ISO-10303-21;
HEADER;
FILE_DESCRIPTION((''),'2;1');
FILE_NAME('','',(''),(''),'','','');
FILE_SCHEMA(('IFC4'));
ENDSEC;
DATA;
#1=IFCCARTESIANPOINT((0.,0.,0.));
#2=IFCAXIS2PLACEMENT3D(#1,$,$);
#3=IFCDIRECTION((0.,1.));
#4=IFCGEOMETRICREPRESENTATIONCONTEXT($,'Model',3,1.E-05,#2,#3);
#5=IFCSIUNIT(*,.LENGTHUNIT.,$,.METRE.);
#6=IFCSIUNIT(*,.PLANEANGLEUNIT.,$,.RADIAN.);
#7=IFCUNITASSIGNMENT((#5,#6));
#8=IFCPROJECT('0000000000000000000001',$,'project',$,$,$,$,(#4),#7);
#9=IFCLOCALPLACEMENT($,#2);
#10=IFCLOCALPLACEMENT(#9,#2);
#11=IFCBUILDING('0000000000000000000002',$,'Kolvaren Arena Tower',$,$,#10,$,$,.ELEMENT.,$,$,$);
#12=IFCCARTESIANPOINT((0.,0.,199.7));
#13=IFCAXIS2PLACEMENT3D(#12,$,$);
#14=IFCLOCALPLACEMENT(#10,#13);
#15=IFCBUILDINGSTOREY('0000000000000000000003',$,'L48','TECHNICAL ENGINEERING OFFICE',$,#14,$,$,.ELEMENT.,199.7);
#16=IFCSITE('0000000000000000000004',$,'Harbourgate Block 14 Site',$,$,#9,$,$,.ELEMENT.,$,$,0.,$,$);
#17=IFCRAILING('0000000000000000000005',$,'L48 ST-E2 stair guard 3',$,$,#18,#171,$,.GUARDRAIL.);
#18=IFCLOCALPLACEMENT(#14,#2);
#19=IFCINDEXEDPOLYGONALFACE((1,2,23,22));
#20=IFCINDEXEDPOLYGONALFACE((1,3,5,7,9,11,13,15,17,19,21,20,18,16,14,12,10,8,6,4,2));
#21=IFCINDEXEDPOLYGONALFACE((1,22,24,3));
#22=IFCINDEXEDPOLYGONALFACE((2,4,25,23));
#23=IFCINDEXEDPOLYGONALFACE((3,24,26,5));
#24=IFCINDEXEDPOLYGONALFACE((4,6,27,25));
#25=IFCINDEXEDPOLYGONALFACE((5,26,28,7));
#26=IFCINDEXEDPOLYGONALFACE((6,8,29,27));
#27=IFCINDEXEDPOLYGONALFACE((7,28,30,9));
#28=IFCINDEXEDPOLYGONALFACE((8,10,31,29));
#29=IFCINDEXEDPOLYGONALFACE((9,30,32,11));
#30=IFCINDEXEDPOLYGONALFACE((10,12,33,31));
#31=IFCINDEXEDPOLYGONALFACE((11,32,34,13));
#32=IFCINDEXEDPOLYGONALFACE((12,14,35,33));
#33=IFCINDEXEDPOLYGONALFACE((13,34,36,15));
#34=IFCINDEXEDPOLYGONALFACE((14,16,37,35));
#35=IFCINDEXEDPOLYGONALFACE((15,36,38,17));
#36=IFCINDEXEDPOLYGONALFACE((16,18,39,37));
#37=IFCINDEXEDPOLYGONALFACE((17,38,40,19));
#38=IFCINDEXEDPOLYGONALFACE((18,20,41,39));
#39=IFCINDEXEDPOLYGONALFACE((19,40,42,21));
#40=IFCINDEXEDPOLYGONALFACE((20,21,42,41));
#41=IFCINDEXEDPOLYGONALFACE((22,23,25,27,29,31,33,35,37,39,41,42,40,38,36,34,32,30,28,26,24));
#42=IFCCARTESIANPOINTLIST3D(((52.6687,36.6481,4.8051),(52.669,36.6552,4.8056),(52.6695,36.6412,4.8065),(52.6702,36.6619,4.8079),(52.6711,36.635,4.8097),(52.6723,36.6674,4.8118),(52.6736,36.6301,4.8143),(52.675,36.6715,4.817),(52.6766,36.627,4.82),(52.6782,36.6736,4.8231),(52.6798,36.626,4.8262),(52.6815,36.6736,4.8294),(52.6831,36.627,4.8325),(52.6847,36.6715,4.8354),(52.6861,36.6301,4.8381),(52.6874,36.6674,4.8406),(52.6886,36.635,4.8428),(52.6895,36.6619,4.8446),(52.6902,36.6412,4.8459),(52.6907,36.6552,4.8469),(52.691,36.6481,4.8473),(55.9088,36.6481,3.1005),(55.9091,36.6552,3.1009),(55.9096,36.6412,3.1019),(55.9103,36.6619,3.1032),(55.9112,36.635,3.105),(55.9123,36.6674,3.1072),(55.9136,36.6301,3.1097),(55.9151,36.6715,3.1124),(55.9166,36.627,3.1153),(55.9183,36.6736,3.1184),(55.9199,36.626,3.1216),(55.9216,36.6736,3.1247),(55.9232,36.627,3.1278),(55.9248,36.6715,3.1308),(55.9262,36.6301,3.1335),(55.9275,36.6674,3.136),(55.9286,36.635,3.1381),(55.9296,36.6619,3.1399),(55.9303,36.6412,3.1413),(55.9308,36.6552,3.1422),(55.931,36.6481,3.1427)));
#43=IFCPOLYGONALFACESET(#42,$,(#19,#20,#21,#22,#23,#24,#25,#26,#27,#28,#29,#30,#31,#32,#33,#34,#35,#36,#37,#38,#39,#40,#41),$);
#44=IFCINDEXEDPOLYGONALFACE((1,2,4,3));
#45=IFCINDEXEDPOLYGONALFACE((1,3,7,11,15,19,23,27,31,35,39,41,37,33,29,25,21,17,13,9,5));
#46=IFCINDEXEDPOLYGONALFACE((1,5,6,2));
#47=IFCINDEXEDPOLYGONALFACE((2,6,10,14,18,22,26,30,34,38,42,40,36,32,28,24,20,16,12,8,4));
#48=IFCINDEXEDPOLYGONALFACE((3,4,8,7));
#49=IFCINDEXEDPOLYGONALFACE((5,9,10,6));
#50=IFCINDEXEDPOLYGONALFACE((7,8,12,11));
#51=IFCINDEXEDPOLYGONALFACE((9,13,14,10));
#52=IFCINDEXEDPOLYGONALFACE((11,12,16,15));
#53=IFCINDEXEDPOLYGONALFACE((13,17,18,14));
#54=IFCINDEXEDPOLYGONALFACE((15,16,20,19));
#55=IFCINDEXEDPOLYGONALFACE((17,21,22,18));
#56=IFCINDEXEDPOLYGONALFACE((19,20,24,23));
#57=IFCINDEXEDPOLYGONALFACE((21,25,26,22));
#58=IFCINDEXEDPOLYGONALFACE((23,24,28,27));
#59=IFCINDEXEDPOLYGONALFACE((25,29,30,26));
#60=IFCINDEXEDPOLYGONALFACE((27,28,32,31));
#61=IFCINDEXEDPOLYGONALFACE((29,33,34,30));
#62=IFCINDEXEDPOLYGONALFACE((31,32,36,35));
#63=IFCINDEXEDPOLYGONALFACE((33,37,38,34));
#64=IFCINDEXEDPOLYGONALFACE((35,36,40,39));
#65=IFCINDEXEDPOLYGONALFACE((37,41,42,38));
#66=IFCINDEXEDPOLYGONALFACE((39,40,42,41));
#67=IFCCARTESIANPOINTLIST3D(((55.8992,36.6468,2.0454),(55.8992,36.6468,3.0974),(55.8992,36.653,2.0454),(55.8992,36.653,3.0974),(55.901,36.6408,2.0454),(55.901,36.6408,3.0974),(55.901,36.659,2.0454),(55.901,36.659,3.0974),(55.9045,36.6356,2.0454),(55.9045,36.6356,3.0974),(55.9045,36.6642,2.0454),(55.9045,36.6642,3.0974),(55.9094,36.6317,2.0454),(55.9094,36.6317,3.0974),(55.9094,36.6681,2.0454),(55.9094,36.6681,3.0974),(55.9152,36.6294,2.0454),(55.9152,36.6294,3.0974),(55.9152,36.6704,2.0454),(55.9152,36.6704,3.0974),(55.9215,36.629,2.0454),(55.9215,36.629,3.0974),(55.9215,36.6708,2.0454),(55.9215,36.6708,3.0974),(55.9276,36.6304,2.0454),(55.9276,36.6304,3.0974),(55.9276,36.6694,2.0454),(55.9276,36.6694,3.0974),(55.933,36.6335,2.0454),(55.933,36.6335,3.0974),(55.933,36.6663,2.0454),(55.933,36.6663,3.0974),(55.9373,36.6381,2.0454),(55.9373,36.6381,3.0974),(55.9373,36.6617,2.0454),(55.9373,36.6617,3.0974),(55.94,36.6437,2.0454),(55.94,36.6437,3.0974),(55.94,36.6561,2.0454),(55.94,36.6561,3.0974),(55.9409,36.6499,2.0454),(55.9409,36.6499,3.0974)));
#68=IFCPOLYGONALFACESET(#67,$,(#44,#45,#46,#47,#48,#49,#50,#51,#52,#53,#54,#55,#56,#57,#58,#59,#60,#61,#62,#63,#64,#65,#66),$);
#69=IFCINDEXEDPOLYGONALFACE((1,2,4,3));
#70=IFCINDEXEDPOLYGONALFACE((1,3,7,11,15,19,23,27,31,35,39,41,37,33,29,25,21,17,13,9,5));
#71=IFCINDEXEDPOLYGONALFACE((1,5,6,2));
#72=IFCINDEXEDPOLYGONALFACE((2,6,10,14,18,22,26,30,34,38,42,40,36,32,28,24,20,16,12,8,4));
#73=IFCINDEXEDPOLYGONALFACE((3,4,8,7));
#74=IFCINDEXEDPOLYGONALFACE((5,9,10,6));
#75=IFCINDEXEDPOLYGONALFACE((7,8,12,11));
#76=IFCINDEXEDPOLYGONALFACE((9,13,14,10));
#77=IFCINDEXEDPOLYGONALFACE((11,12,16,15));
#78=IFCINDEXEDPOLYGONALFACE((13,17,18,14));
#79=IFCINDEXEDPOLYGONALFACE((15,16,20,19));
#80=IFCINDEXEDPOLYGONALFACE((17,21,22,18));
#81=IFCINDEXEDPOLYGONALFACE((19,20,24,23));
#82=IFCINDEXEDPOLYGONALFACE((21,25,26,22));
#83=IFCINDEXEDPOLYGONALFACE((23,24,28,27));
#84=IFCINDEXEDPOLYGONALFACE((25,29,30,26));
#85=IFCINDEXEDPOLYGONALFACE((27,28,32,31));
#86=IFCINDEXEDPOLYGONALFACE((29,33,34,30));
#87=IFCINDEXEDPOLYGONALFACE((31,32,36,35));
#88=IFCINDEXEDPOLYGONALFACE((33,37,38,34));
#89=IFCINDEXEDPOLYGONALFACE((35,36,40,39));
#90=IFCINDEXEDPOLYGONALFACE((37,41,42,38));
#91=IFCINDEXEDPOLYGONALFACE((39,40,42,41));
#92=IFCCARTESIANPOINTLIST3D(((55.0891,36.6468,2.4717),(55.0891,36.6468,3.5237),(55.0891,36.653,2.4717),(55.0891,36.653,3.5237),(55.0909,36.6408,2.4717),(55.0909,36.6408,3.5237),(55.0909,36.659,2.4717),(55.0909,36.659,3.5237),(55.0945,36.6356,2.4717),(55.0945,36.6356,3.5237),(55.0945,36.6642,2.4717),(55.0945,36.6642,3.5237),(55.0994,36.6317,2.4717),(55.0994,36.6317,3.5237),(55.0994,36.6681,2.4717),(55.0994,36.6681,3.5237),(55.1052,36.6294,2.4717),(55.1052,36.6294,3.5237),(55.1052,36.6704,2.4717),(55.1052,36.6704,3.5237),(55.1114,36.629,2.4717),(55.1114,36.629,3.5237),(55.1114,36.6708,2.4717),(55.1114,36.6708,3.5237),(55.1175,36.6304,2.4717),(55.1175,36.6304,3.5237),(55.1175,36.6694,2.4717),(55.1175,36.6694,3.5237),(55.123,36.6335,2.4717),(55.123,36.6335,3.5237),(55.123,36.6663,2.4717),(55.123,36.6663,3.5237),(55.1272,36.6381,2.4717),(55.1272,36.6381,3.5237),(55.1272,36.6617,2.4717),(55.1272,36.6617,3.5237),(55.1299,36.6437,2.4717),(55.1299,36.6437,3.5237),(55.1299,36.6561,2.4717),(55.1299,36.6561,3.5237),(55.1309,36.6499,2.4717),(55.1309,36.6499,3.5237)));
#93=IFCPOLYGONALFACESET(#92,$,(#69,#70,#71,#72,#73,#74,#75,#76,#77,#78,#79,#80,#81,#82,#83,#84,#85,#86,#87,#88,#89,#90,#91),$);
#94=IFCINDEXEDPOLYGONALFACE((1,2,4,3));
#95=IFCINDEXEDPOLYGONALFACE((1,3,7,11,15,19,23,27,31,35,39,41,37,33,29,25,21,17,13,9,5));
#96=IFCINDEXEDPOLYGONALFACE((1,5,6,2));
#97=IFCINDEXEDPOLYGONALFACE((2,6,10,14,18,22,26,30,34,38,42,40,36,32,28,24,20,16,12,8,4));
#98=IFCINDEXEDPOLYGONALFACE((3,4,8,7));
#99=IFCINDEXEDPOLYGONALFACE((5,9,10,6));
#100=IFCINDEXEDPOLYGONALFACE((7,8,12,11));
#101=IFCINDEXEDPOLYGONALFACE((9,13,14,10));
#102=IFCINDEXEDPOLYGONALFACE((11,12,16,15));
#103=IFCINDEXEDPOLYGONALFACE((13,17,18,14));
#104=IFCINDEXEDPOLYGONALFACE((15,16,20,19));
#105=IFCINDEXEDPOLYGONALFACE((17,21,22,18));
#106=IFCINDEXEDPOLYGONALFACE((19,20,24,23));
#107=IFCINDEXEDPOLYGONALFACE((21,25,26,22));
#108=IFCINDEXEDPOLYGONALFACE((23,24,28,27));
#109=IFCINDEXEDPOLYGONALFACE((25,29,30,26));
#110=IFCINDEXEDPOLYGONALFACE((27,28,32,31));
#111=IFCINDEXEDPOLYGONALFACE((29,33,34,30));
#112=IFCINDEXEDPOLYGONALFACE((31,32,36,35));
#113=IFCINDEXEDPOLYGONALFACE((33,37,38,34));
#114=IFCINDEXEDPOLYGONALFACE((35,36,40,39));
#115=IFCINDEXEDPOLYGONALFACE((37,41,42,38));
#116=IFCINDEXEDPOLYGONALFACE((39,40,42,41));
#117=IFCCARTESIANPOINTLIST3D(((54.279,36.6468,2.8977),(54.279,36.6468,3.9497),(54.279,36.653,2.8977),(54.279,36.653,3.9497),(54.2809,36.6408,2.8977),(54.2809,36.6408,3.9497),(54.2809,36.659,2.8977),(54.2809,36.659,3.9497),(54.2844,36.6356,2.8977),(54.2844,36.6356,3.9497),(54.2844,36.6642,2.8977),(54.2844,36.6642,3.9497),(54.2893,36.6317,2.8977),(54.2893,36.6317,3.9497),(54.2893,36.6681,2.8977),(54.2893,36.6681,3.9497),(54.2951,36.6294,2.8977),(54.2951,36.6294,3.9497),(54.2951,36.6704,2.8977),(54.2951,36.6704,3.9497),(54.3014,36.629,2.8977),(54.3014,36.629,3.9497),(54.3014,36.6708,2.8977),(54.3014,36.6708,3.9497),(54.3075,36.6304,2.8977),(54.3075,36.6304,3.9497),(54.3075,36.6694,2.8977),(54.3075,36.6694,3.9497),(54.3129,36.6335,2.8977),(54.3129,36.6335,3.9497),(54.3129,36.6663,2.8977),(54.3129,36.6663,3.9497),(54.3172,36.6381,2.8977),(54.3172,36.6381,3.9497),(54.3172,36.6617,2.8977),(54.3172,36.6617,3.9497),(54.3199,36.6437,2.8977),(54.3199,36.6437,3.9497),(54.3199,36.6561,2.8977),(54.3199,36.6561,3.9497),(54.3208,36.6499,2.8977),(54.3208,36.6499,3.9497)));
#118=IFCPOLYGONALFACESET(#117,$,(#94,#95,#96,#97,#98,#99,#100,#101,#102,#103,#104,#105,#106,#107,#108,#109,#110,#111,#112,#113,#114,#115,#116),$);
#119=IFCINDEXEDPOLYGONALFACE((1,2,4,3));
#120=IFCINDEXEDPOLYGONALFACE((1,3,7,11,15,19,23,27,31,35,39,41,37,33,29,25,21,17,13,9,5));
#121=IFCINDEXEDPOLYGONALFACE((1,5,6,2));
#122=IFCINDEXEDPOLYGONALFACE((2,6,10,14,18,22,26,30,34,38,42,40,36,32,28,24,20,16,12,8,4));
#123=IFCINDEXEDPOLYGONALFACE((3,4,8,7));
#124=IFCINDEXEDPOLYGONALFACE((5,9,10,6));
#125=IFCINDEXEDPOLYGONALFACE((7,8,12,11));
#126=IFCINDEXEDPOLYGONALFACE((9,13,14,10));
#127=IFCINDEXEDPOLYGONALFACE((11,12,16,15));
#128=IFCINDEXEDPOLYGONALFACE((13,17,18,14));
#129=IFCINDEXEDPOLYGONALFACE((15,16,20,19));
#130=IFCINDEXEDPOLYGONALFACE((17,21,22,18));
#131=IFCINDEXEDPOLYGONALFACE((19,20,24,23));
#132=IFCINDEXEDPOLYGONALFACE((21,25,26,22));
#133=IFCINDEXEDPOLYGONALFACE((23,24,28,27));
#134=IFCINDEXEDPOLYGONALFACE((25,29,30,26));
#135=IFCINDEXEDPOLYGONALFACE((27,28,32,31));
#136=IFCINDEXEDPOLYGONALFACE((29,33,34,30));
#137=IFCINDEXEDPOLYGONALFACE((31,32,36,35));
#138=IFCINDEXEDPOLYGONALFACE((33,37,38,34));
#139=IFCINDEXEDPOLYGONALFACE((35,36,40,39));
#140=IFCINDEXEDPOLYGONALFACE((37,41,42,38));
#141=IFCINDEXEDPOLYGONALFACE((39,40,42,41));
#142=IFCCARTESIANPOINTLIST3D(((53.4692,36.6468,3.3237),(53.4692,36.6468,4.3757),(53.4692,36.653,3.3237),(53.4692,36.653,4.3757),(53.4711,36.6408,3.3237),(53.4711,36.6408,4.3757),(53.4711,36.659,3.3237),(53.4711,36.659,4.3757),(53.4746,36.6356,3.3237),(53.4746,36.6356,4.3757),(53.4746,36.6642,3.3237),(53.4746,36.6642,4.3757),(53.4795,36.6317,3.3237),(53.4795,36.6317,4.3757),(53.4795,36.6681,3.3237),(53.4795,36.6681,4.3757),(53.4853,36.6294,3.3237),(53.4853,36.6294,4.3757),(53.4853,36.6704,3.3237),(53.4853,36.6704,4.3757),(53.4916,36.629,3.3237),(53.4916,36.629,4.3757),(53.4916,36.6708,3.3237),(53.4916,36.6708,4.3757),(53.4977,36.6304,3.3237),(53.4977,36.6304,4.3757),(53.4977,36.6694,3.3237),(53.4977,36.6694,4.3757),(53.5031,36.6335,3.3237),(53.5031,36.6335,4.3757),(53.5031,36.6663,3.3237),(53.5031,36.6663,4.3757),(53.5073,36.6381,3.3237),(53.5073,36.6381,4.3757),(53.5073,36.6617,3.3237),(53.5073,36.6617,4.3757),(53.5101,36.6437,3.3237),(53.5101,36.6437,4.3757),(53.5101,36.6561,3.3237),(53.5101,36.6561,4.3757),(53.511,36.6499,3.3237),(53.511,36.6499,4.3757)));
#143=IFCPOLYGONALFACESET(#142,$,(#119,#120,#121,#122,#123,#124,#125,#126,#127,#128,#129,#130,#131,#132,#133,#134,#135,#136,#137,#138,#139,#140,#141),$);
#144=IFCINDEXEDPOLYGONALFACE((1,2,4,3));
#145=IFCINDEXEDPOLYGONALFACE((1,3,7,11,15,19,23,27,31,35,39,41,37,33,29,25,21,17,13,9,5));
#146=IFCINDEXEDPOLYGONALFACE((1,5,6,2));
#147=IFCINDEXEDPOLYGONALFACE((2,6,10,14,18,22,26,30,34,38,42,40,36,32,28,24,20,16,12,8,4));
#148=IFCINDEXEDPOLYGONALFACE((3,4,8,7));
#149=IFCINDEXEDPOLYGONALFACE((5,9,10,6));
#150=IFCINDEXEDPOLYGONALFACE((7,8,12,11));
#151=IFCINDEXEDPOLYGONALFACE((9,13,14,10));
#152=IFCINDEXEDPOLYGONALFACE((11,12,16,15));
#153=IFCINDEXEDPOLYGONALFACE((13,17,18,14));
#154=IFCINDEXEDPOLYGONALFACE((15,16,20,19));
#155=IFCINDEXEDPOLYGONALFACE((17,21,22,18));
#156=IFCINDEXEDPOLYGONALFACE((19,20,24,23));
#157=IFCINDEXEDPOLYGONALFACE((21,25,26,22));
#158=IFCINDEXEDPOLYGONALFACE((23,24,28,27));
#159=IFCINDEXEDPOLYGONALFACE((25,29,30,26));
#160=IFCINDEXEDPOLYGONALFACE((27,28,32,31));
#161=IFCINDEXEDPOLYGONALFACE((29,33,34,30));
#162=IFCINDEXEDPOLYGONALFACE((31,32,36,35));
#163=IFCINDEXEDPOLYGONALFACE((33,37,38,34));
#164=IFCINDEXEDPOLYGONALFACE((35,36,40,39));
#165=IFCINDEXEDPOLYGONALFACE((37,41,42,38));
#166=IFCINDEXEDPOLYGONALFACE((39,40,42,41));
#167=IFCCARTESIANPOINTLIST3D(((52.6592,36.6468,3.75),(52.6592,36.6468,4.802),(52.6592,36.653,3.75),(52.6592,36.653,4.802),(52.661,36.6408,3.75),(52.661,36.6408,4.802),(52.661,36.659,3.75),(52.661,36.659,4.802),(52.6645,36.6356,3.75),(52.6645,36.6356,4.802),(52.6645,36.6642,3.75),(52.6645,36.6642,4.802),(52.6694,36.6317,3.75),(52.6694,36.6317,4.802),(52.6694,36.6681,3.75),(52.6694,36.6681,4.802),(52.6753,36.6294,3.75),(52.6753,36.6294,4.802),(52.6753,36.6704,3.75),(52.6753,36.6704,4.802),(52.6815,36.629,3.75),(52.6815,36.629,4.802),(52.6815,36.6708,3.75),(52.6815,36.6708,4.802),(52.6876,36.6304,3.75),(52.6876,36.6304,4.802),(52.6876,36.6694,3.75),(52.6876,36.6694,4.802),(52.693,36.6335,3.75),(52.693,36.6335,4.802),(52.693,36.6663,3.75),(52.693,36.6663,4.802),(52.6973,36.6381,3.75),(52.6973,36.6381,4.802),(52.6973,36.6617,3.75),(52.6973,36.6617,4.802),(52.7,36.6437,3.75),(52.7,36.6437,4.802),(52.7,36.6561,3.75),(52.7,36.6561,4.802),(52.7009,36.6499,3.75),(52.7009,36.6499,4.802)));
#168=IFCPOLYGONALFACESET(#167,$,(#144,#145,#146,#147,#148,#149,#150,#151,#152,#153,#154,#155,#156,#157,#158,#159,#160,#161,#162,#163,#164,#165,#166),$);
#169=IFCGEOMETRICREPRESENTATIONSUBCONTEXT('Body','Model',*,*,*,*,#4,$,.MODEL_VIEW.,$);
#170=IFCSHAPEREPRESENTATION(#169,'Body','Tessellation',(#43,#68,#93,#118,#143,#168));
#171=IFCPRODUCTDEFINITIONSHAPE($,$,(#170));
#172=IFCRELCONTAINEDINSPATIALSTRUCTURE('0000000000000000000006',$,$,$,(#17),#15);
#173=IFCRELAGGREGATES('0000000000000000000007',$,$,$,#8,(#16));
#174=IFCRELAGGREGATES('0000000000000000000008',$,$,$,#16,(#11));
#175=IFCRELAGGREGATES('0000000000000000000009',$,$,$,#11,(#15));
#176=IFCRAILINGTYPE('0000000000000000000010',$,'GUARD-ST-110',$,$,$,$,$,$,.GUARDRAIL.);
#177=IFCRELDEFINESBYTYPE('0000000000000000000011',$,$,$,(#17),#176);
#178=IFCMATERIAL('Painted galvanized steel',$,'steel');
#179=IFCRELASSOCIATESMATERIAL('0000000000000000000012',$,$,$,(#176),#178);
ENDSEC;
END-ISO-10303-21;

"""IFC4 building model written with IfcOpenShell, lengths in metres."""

from ifc_helpers import new_model, si_unit, direction, frame, origin, origin_2d, place, context, subcontext, project, spatial, circle, extrude, material, type_object, element, save


model = new_model("IFC4")

# Units and contexts
model_context = context("Model", 3, precision=1e-05, world=origin(), true_north=direction((0.0, 1.0)))
body_context = subcontext(model_context, "Body", "Model", "MODEL_VIEW")
ifc_project = project(units=[si_unit("LENGTHUNIT", "METRE"), si_unit("PLANEANGLEUNIT", "RADIAN")], contexts=[model_context])

# Site, building, storey
site_placement = place(None, origin())
site = spatial("IfcSite", under=ifc_project, at=site_placement, Name="Harbourgate Block 14 Site", CompositionType="ELEMENT", RefElevation=0.0)
building_placement = place(site_placement, origin())
building = spatial("IfcBuilding", under=site, at=building_placement, Name="Kolvaren Arena Tower", CompositionType="ELEMENT")
storey_placement = place(building_placement, frame((0.0, 0.0, 199.7)))
storey = spatial("IfcBuildingStorey", under=building, at=storey_placement, Name="L48", Description="TECHNICAL ENGINEERING OFFICE", CompositionType="ELEMENT", Elevation=199.7)

# Railing
ifc_material_1 = material(Name="Painted galvanized steel", Category="steel")
railing_type_1 = type_object("IfcRailingType", Name="GUARD-ST-110", PredefinedType="GUARDRAIL", material=ifc_material_1)
railing_1_placement = place(storey_placement, frame((55.9199, 36.6499, 2.0454)))
element("IfcRailing", 1, at=railing_1_placement, inside=storey, type_object=railing_type_1, Name="L48 ST-E2 stair guard 3", PredefinedType="GUARDRAIL", context=body_context, shape_type="SweptSolid", body=[
    extrude(circle(Radius=0.0239, at=origin_2d()), frame((0.0, 0.0, 1.0762), z_axis=(-0.884993, 0.0, 0.465604), x_axis=(0.0, -1.0, 0.0)), (0.0, 0.0, 1.0), 3.6611),
    extrude(circle(Radius=0.021, at=origin_2d()), origin(), (0.0, 0.0, 1.0), 1.052),
    extrude(circle(Radius=0.021, at=origin_2d()), frame((-0.8101, 0.0, 0.4263)), (0.0, 0.0, 1.0), 1.052),
    extrude(circle(Radius=0.021, at=origin_2d()), frame((-1.6201, 0.0, 0.8523)), (0.0, 0.0, 1.0), 1.052),
    extrude(circle(Radius=0.021, at=origin_2d()), frame((-2.4299, 0.0, 1.2783)), (0.0, 0.0, 1.0), 1.052),
    extrude(circle(Radius=0.021, at=origin_2d()), frame((-3.24, 0.0, 1.7046)), (0.0, 0.0, 1.0), 1.052),
])

save(model, "model.ifc")
